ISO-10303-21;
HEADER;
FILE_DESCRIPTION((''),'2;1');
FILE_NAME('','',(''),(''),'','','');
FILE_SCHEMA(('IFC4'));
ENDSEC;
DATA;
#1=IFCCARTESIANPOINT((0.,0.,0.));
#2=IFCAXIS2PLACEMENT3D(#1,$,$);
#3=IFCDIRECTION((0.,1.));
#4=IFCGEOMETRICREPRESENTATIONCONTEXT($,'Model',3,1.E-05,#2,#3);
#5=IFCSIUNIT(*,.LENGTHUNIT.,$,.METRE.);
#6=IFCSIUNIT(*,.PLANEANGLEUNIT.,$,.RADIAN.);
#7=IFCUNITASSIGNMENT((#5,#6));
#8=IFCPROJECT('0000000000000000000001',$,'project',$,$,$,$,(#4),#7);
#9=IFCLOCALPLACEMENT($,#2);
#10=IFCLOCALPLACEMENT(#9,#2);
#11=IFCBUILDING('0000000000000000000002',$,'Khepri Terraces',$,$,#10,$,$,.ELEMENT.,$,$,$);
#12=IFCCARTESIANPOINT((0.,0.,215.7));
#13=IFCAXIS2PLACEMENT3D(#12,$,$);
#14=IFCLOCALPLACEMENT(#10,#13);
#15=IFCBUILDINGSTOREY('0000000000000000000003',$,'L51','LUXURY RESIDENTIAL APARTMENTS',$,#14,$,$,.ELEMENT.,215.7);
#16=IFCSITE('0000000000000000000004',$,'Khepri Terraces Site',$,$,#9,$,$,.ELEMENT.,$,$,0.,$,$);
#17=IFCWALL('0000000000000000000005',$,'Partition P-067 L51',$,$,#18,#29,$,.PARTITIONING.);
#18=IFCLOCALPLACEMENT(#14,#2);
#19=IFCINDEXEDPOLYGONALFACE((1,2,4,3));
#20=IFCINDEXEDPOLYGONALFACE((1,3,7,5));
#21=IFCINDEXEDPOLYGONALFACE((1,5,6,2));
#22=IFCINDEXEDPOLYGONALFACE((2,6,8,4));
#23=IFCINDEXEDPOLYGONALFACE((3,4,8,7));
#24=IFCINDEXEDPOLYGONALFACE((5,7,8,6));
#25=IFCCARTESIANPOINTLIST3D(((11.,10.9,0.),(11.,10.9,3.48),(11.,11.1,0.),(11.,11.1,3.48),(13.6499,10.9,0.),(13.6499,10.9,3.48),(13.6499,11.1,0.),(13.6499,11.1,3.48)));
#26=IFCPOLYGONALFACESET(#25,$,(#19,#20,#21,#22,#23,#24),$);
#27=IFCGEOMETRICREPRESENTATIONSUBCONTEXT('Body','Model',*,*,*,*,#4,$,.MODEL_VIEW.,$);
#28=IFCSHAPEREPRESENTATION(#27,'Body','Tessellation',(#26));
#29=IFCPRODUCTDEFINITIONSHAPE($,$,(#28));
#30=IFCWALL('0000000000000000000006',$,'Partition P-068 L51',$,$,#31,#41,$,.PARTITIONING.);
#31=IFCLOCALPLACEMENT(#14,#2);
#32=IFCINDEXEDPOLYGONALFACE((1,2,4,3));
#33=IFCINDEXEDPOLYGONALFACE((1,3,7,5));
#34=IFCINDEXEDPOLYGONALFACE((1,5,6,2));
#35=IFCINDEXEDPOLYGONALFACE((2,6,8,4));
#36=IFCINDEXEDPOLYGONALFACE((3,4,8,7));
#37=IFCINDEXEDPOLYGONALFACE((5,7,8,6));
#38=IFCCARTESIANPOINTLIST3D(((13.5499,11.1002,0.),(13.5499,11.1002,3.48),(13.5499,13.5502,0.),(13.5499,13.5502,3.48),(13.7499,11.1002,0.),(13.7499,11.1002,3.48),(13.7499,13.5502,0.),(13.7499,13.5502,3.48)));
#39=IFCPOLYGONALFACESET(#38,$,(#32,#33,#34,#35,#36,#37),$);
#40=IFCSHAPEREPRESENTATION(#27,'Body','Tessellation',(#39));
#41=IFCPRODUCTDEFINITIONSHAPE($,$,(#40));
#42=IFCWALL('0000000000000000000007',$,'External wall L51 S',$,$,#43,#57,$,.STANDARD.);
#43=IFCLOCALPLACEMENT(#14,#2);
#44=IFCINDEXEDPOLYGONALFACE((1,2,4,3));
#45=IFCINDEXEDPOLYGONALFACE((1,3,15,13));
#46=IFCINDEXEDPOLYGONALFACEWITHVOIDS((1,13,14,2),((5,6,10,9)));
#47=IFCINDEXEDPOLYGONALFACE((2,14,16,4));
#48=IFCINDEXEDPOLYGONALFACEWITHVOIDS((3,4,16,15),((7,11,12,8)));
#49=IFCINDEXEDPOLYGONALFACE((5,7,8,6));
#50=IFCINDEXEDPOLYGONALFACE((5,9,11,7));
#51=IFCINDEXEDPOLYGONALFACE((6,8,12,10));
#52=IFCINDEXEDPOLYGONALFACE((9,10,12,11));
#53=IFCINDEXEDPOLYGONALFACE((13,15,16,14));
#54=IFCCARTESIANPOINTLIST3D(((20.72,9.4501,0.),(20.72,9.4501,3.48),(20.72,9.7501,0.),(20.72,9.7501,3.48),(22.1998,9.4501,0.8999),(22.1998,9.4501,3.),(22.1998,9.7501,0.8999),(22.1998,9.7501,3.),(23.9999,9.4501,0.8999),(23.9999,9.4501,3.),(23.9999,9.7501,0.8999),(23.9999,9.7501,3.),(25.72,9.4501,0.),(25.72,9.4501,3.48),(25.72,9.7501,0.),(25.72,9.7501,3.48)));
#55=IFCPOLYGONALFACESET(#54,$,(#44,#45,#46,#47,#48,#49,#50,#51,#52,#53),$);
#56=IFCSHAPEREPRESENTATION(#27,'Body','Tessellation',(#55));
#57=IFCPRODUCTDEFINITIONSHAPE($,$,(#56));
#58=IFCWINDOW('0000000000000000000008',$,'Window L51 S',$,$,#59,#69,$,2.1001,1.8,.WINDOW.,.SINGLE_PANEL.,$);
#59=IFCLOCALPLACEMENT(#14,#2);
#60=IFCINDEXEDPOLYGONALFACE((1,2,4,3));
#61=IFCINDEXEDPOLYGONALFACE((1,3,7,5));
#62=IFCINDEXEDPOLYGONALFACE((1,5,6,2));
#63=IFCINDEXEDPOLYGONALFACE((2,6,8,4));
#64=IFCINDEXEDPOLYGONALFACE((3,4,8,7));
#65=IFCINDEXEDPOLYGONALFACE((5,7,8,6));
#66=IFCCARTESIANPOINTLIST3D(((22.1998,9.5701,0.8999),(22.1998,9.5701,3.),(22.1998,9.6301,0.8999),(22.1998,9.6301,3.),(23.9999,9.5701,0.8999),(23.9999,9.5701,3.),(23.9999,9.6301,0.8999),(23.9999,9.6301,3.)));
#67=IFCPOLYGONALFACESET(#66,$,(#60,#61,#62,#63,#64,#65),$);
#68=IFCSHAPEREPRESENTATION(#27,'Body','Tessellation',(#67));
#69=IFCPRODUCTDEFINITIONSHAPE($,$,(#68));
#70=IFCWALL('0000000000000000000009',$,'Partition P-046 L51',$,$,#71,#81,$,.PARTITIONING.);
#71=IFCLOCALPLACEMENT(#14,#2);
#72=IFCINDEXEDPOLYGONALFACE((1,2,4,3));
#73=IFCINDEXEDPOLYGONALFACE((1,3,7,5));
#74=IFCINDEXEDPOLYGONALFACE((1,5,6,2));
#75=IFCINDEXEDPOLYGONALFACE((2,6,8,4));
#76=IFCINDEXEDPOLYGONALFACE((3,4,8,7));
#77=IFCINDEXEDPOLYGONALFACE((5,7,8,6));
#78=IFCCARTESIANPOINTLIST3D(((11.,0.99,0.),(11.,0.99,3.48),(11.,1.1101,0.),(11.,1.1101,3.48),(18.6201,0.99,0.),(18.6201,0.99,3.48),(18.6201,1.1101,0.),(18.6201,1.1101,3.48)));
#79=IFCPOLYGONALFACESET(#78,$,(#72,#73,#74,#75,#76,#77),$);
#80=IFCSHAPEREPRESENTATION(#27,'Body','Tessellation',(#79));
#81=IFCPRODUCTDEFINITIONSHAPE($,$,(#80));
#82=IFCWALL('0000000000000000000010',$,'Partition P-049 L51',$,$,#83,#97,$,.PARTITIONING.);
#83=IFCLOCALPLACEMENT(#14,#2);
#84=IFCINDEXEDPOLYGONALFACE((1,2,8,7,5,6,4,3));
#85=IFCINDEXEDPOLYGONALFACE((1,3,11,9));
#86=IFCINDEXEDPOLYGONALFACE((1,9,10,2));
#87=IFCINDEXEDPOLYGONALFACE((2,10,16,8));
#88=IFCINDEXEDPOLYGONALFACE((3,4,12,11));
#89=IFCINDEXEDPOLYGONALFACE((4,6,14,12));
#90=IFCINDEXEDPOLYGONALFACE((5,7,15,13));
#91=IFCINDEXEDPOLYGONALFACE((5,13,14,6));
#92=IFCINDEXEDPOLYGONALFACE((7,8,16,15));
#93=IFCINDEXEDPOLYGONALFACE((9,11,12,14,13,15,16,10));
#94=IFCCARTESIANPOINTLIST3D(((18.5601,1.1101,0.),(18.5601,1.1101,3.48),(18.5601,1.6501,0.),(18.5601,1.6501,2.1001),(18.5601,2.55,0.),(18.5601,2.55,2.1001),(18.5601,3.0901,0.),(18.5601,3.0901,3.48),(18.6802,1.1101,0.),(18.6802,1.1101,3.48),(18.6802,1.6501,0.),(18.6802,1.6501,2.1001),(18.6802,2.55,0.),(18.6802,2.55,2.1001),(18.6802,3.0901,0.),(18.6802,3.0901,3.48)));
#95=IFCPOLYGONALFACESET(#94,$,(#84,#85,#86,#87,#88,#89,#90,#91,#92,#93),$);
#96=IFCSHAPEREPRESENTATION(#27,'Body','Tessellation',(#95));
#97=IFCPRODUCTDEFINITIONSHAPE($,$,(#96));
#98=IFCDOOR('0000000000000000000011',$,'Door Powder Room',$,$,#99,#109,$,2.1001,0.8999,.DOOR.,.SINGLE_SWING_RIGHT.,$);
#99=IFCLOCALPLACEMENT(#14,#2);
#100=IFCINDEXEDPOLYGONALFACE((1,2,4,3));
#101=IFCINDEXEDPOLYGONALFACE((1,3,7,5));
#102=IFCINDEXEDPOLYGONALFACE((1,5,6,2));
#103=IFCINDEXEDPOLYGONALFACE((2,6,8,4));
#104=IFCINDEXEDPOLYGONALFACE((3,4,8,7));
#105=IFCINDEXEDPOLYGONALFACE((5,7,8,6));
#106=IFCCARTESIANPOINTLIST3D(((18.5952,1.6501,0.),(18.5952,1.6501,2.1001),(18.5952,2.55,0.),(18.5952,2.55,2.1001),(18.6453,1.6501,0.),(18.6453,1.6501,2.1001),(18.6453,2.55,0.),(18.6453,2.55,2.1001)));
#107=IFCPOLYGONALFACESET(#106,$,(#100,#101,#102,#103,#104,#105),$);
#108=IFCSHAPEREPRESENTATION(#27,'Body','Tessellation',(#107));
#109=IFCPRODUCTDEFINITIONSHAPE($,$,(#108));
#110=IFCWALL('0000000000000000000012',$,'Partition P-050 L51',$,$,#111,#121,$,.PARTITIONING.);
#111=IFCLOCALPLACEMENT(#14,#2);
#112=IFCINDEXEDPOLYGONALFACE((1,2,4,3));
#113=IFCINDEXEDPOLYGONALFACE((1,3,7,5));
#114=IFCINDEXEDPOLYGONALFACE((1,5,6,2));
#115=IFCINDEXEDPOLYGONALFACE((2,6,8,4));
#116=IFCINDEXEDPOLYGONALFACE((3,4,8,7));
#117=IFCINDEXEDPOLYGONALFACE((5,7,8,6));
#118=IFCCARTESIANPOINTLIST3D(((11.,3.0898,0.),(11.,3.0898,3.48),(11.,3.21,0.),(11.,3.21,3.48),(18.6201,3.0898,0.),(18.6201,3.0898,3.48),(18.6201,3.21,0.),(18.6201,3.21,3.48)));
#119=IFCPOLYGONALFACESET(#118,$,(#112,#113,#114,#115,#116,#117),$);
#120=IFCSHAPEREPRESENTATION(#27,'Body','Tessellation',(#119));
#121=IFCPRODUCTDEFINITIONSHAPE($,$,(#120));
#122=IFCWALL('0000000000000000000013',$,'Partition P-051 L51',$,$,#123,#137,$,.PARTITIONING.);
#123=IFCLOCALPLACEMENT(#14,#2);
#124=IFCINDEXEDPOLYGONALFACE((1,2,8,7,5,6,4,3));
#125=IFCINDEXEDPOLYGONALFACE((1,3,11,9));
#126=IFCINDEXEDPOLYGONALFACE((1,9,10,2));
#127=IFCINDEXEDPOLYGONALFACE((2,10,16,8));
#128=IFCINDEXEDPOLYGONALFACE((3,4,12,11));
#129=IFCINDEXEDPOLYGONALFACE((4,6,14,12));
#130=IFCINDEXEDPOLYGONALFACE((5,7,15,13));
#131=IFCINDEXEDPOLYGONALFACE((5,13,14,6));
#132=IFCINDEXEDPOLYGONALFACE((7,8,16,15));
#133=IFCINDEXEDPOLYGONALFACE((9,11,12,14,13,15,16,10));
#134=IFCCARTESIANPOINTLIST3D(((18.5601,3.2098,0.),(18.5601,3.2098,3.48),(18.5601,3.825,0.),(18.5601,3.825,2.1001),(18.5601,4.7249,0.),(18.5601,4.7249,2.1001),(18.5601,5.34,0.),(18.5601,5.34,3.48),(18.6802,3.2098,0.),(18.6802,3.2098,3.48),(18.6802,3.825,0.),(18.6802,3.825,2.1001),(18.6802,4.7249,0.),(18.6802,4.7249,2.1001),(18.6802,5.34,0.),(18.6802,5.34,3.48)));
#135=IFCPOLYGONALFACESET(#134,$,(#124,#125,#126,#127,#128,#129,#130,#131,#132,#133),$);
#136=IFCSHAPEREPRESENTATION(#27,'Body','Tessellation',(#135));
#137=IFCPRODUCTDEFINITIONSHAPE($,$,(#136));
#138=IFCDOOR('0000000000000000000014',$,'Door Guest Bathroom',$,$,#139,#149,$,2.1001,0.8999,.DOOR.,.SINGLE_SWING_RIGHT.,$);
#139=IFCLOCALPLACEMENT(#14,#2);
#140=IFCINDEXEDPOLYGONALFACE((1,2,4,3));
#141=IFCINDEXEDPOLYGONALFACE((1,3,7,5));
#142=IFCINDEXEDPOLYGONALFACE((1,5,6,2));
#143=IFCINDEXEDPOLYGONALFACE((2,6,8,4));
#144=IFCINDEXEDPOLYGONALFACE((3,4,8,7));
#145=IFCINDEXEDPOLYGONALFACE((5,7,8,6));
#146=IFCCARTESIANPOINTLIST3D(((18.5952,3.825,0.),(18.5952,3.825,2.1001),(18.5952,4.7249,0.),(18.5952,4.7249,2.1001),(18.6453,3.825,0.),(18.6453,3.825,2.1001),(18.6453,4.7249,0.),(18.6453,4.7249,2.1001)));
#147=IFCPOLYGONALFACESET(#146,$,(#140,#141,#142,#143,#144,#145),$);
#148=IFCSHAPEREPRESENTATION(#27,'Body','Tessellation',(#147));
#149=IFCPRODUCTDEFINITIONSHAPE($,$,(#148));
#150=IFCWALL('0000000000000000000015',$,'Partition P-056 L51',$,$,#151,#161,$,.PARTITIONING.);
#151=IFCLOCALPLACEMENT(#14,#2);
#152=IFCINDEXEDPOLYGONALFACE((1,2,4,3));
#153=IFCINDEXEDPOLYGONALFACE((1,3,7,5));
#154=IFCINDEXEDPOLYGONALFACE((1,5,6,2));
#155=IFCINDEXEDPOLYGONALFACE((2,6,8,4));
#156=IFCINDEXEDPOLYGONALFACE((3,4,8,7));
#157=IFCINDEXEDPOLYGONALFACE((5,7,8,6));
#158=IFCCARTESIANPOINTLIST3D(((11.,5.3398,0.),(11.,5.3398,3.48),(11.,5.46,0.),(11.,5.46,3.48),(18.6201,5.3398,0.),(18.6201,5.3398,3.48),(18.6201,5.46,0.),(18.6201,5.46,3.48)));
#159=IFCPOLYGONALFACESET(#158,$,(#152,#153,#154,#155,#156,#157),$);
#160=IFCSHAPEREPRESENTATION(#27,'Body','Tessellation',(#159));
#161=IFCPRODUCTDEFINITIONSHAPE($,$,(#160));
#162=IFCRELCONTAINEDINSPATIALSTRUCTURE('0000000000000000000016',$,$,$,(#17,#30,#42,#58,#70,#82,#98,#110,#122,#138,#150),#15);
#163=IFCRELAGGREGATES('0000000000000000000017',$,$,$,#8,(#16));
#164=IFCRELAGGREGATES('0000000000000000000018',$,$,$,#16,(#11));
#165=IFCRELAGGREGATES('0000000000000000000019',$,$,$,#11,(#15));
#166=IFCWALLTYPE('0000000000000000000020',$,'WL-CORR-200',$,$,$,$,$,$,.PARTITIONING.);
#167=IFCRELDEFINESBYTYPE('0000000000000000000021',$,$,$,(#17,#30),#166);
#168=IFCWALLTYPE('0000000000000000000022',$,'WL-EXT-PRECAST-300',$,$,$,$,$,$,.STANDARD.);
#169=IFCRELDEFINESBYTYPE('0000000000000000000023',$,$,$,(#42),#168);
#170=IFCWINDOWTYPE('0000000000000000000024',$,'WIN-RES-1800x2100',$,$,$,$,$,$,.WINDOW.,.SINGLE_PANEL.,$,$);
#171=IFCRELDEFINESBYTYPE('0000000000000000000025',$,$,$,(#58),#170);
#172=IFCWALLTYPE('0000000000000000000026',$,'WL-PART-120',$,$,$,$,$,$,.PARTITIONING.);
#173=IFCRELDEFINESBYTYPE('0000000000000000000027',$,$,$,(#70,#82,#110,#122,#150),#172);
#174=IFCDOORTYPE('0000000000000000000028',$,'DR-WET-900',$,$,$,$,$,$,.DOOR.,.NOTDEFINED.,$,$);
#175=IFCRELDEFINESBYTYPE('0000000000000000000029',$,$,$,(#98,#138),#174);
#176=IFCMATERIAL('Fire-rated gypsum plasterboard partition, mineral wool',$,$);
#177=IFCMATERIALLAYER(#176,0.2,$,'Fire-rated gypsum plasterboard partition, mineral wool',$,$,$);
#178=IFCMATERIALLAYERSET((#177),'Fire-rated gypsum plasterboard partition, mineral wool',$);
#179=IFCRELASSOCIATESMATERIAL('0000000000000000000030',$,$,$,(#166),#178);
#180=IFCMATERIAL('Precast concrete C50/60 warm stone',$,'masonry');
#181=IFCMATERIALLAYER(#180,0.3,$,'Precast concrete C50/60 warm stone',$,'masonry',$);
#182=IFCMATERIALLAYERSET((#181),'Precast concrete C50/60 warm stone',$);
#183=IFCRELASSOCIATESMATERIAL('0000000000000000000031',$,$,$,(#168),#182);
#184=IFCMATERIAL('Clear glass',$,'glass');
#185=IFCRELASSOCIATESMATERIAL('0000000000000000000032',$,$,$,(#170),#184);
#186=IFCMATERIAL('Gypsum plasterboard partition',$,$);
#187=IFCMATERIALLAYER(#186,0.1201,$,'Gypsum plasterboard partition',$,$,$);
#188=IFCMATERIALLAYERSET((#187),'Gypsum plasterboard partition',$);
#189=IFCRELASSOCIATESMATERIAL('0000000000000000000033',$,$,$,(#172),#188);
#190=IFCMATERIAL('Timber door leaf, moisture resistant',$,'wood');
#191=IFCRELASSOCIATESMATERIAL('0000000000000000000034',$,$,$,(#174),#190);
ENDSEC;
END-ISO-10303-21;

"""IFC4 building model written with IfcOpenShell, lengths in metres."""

from ifc_helpers import new_model, si_unit, direction, frame, frame_2d, origin, place, context, subcontext, project, spatial, rectangle, extrude, material, layer, layer_set, type_object, element, fill, save


model = new_model("IFC4")

# Units and contexts
model_context = context("Model", 3, precision=1e-05, world=origin(), true_north=direction((0.0, 1.0)))
body_context = subcontext(model_context, "Body", "Model", "MODEL_VIEW")
ifc_project = project(units=[si_unit("LENGTHUNIT", "METRE"), si_unit("PLANEANGLEUNIT", "RADIAN")], contexts=[model_context])

# Site, building, storey
site_placement = place(None, origin())
site = spatial("IfcSite", under=ifc_project, at=site_placement, Name="Khepri Terraces Site", CompositionType="ELEMENT", RefElevation=0.0)
building_placement = place(site_placement, origin())
building = spatial("IfcBuilding", under=site, at=building_placement, Name="Khepri Terraces", CompositionType="ELEMENT")
storey_placement = place(building_placement, frame((0.0, 0.0, 215.7)))
storey = spatial("IfcBuildingStorey", under=building, at=storey_placement, Name="L51", Description="LUXURY RESIDENTIAL APARTMENTS", CompositionType="ELEMENT", Elevation=215.7)

# Walls
ifc_material_1 = material(Name="Fire-rated gypsum plasterboard partition, mineral wool")
ifc_layer_1 = layer(ifc_material_1, 0.2, Name="Fire-rated gypsum plasterboard partition, mineral wool")
ifc_layer_set_1 = layer_set([ifc_layer_1], Name="Fire-rated gypsum plasterboard partition, mineral wool")
wall_type_1 = type_object("IfcWallType", Name="WL-CORR-200", PredefinedType="PARTITIONING", material=ifc_layer_set_1)
wall_1_placement = place(storey_placement, frame((11.0, 11.0, 0.0), z_axis=(0.0, 0.0, 1.0), x_axis=(1.0, 0.0, 0.0)))
element("IfcWall", 1, at=wall_1_placement, inside=storey, type_object=wall_type_1, Name="Partition P-067 L51", PredefinedType="PARTITIONING", context=body_context, shape_type="SweptSolid", body=[
    extrude(rectangle(XDim=2.6499, YDim=0.2, at=frame_2d((1.325, 0.0))), origin(), (0.0, 0.0, 1.0), 3.48),
])
wall_2_placement = place(storey_placement, frame((13.6499, 11.1001, 0.0), z_axis=(0.0, 0.0, 1.0), x_axis=(0.0, 1.0, 0.0)))
element("IfcWall", 2, at=wall_2_placement, inside=storey, type_object=wall_type_1, Name="Partition P-068 L51", PredefinedType="PARTITIONING", context=body_context, shape_type="SweptSolid", body=[
    extrude(rectangle(XDim=2.45, YDim=0.2, at=frame_2d((1.2251, 0.0))), origin(), (0.0, 0.0, 1.0), 3.48),
])

# Wall, opening, window
ifc_material_2 = material(Name="Precast concrete C50/60 warm stone", Category="masonry")
ifc_layer_2 = layer(ifc_material_2, 0.3, Name="Precast concrete C50/60 warm stone", Category="masonry")
ifc_layer_set_2 = layer_set([ifc_layer_2], Name="Precast concrete C50/60 warm stone")
wall_type_2 = type_object("IfcWallType", Name="WL-EXT-PRECAST-300", PredefinedType="STANDARD", material=ifc_layer_set_2)
wall_3_placement = place(storey_placement, frame((20.72, 9.6001, 0.0), z_axis=(0.0, 0.0, 1.0), x_axis=(1.0, 0.0, 0.0)))
wall_3 = element("IfcWall", 3, at=wall_3_placement, inside=storey, type_object=wall_type_2, Name="External wall L51 S", PredefinedType="STANDARD", context=body_context, shape_type="SweptSolid", body=[
    extrude(rectangle(XDim=5.0, YDim=0.3, at=frame_2d((2.5, 0.0))), origin(), (0.0, 0.0, 1.0), 3.48),
])
opening_1_placement = place(wall_3_placement, frame((1.48, 0.0, 0.8999)))
opening_1 = element("IfcOpeningElement", 4, at=opening_1_placement, cuts=wall_3, PredefinedType="OPENING", context=body_context, shape_type="SweptSolid", body=[
    extrude(rectangle(XDim=1.8, YDim=2.1001, at=frame_2d((0.8999, 1.05))), frame((0.0, 0.1602, 0.0), z_axis=(0.0, -1.0, 0.0), x_axis=(1.0, 0.0, 0.0)), (0.0, 0.0, 1.0), 0.3201),
])
ifc_material_3 = material(Name="Clear glass", Category="glass")
window_type = type_object("IfcWindowType", Name="WIN-RES-1800x2100", PartitioningType="SINGLE_PANEL", PredefinedType="WINDOW", material=ifc_material_3)
window_1_placement = place(opening_1_placement, origin())
window_1 = element("IfcWindow", 5, at=window_1_placement, inside=storey, type_object=window_type, Name="Window L51 S", OverallHeight=2.1001, OverallWidth=1.8, PartitioningType="SINGLE_PANEL", PredefinedType="WINDOW", context=body_context, shape_type="SweptSolid", body=[
    extrude(rectangle(XDim=1.8, YDim=2.1001, at=frame_2d((0.8999, 1.05))), frame((0.0, 0.03, 0.0), z_axis=(0.0, -1.0, 0.0), x_axis=(1.0, 0.0, 0.0)), (0.0, 0.0, 1.0), 0.0601),
])
fill(opening_1, window_1)

# Wall
ifc_material_4 = material(Name="Gypsum plasterboard partition")
ifc_layer_3 = layer(ifc_material_4, 0.1201, Name="Gypsum plasterboard partition")
ifc_layer_set_3 = layer_set([ifc_layer_3], Name="Gypsum plasterboard partition")
wall_type_3 = type_object("IfcWallType", Name="WL-PART-120", PredefinedType="PARTITIONING", material=ifc_layer_set_3)
wall_4_placement = place(storey_placement, frame((11.0, 1.05, 0.0), z_axis=(0.0, 0.0, 1.0), x_axis=(1.0, 0.0, 0.0)))
element("IfcWall", 6, at=wall_4_placement, inside=storey, type_object=wall_type_3, Name="Partition P-046 L51", PredefinedType="PARTITIONING", context=body_context, shape_type="SweptSolid", body=[
    extrude(rectangle(XDim=7.6201, YDim=0.1201, at=frame_2d((3.8101, 0.0))), origin(), (0.0, 0.0, 1.0), 3.48),
])

# Wall, opening, door
wall_5_placement = place(storey_placement, frame((18.6201, 1.1101, 0.0), z_axis=(0.0, 0.0, 1.0), x_axis=(0.0, 1.0, 0.0)))
wall_5 = element("IfcWall", 7, at=wall_5_placement, inside=storey, type_object=wall_type_3, Name="Partition P-049 L51", PredefinedType="PARTITIONING", context=body_context, shape_type="SweptSolid", body=[
    extrude(rectangle(XDim=1.98, YDim=0.1201, at=frame_2d((0.99, 0.0))), origin(), (0.0, 0.0, 1.0), 3.48),
])
opening_2_placement = place(wall_5_placement, frame((0.54, 0.0, 0.0)))
opening_2 = element("IfcOpeningElement", 8, at=opening_2_placement, cuts=wall_5, PredefinedType="OPENING", context=body_context, shape_type="SweptSolid", body=[
    extrude(rectangle(XDim=0.8999, YDim=2.1001, at=frame_2d((0.45, 1.05))), frame((0.0, 0.0701, 0.0), z_axis=(0.0, -1.0, 0.0), x_axis=(1.0, 0.0, 0.0)), (0.0, 0.0, 1.0), 0.1401),
])
ifc_material_5 = material(Name="Timber door leaf, moisture resistant", Category="wood")
door_type_1 = type_object("IfcDoorType", Name="DR-WET-900", OperationType="NOTDEFINED", PredefinedType="DOOR", material=ifc_material_5)
door_1_placement = place(opening_2_placement, origin())
door_1 = element("IfcDoor", 9, at=door_1_placement, inside=storey, type_object=door_type_1, Name="Door Powder Room", OperationType="SINGLE_SWING_RIGHT", OverallHeight=2.1001, OverallWidth=0.8999, PredefinedType="DOOR", context=body_context, shape_type="SweptSolid", body=[
    extrude(rectangle(XDim=0.8999, YDim=2.1001, at=frame_2d((0.45, 1.05))), frame((0.0, 0.0249, 0.0), z_axis=(0.0, -1.0, 0.0), x_axis=(1.0, 0.0, 0.0)), (0.0, 0.0, 1.0), 0.05),
])
fill(opening_2, door_1)

# Wall
wall_6_placement = place(storey_placement, frame((11.0, 3.1499, 0.0), z_axis=(0.0, 0.0, 1.0), x_axis=(1.0, 0.0, 0.0)))
element("IfcWall", 10, at=wall_6_placement, inside=storey, type_object=wall_type_3, Name="Partition P-050 L51", PredefinedType="PARTITIONING", context=body_context, shape_type="SweptSolid", body=[
    extrude(rectangle(XDim=7.6201, YDim=0.1201, at=frame_2d((3.8101, 0.0))), origin(), (0.0, 0.0, 1.0), 3.48),
])

# Wall, opening, door
wall_7_placement = place(storey_placement, frame((18.6201, 3.21, 0.0), z_axis=(0.0, 0.0, 1.0), x_axis=(0.0, 1.0, 0.0)))
wall_7 = element("IfcWall", 11, at=wall_7_placement, inside=storey, type_object=wall_type_3, Name="Partition P-051 L51", PredefinedType="PARTITIONING", context=body_context, shape_type="SweptSolid", body=[
    extrude(rectangle(XDim=2.1301, YDim=0.1201, at=frame_2d((1.0649, 0.0))), origin(), (0.0, 0.0, 1.0), 3.48),
])
opening_3_placement = place(wall_7_placement, frame((0.615, 0.0, 0.0)))
opening_3 = element("IfcOpeningElement", 12, at=opening_3_placement, cuts=wall_7, PredefinedType="OPENING", context=body_context, shape_type="SweptSolid", body=[
    extrude(rectangle(XDim=0.8999, YDim=2.1001, at=frame_2d((0.45, 1.05))), frame((0.0, 0.0701, 0.0), z_axis=(0.0, -1.0, 0.0), x_axis=(1.0, 0.0, 0.0)), (0.0, 0.0, 1.0), 0.1401),
])
door_2_placement = place(opening_3_placement, origin())
door_2 = element("IfcDoor", 13, at=door_2_placement, inside=storey, type_object=door_type_1, Name="Door Guest Bathroom", OperationType="SINGLE_SWING_RIGHT", OverallHeight=2.1001, OverallWidth=0.8999, PredefinedType="DOOR", context=body_context, shape_type="SweptSolid", body=[
    extrude(rectangle(XDim=0.8999, YDim=2.1001, at=frame_2d((0.45, 1.05))), frame((0.0, 0.0249, 0.0), z_axis=(0.0, -1.0, 0.0), x_axis=(1.0, 0.0, 0.0)), (0.0, 0.0, 1.0), 0.05),
])
fill(opening_3, door_2)

# Wall
wall_8_placement = place(storey_placement, frame((11.0, 5.3999, 0.0), z_axis=(0.0, 0.0, 1.0), x_axis=(1.0, 0.0, 0.0)))
element("IfcWall", 14, at=wall_8_placement, inside=storey, type_object=wall_type_3, Name="Partition P-056 L51", PredefinedType="PARTITIONING", context=body_context, shape_type="SweptSolid", body=[
    extrude(rectangle(XDim=7.6201, YDim=0.1201, at=frame_2d((3.8101, 0.0))), origin(), (0.0, 0.0, 1.0), 3.48),
])

save(model, "model.ifc")
